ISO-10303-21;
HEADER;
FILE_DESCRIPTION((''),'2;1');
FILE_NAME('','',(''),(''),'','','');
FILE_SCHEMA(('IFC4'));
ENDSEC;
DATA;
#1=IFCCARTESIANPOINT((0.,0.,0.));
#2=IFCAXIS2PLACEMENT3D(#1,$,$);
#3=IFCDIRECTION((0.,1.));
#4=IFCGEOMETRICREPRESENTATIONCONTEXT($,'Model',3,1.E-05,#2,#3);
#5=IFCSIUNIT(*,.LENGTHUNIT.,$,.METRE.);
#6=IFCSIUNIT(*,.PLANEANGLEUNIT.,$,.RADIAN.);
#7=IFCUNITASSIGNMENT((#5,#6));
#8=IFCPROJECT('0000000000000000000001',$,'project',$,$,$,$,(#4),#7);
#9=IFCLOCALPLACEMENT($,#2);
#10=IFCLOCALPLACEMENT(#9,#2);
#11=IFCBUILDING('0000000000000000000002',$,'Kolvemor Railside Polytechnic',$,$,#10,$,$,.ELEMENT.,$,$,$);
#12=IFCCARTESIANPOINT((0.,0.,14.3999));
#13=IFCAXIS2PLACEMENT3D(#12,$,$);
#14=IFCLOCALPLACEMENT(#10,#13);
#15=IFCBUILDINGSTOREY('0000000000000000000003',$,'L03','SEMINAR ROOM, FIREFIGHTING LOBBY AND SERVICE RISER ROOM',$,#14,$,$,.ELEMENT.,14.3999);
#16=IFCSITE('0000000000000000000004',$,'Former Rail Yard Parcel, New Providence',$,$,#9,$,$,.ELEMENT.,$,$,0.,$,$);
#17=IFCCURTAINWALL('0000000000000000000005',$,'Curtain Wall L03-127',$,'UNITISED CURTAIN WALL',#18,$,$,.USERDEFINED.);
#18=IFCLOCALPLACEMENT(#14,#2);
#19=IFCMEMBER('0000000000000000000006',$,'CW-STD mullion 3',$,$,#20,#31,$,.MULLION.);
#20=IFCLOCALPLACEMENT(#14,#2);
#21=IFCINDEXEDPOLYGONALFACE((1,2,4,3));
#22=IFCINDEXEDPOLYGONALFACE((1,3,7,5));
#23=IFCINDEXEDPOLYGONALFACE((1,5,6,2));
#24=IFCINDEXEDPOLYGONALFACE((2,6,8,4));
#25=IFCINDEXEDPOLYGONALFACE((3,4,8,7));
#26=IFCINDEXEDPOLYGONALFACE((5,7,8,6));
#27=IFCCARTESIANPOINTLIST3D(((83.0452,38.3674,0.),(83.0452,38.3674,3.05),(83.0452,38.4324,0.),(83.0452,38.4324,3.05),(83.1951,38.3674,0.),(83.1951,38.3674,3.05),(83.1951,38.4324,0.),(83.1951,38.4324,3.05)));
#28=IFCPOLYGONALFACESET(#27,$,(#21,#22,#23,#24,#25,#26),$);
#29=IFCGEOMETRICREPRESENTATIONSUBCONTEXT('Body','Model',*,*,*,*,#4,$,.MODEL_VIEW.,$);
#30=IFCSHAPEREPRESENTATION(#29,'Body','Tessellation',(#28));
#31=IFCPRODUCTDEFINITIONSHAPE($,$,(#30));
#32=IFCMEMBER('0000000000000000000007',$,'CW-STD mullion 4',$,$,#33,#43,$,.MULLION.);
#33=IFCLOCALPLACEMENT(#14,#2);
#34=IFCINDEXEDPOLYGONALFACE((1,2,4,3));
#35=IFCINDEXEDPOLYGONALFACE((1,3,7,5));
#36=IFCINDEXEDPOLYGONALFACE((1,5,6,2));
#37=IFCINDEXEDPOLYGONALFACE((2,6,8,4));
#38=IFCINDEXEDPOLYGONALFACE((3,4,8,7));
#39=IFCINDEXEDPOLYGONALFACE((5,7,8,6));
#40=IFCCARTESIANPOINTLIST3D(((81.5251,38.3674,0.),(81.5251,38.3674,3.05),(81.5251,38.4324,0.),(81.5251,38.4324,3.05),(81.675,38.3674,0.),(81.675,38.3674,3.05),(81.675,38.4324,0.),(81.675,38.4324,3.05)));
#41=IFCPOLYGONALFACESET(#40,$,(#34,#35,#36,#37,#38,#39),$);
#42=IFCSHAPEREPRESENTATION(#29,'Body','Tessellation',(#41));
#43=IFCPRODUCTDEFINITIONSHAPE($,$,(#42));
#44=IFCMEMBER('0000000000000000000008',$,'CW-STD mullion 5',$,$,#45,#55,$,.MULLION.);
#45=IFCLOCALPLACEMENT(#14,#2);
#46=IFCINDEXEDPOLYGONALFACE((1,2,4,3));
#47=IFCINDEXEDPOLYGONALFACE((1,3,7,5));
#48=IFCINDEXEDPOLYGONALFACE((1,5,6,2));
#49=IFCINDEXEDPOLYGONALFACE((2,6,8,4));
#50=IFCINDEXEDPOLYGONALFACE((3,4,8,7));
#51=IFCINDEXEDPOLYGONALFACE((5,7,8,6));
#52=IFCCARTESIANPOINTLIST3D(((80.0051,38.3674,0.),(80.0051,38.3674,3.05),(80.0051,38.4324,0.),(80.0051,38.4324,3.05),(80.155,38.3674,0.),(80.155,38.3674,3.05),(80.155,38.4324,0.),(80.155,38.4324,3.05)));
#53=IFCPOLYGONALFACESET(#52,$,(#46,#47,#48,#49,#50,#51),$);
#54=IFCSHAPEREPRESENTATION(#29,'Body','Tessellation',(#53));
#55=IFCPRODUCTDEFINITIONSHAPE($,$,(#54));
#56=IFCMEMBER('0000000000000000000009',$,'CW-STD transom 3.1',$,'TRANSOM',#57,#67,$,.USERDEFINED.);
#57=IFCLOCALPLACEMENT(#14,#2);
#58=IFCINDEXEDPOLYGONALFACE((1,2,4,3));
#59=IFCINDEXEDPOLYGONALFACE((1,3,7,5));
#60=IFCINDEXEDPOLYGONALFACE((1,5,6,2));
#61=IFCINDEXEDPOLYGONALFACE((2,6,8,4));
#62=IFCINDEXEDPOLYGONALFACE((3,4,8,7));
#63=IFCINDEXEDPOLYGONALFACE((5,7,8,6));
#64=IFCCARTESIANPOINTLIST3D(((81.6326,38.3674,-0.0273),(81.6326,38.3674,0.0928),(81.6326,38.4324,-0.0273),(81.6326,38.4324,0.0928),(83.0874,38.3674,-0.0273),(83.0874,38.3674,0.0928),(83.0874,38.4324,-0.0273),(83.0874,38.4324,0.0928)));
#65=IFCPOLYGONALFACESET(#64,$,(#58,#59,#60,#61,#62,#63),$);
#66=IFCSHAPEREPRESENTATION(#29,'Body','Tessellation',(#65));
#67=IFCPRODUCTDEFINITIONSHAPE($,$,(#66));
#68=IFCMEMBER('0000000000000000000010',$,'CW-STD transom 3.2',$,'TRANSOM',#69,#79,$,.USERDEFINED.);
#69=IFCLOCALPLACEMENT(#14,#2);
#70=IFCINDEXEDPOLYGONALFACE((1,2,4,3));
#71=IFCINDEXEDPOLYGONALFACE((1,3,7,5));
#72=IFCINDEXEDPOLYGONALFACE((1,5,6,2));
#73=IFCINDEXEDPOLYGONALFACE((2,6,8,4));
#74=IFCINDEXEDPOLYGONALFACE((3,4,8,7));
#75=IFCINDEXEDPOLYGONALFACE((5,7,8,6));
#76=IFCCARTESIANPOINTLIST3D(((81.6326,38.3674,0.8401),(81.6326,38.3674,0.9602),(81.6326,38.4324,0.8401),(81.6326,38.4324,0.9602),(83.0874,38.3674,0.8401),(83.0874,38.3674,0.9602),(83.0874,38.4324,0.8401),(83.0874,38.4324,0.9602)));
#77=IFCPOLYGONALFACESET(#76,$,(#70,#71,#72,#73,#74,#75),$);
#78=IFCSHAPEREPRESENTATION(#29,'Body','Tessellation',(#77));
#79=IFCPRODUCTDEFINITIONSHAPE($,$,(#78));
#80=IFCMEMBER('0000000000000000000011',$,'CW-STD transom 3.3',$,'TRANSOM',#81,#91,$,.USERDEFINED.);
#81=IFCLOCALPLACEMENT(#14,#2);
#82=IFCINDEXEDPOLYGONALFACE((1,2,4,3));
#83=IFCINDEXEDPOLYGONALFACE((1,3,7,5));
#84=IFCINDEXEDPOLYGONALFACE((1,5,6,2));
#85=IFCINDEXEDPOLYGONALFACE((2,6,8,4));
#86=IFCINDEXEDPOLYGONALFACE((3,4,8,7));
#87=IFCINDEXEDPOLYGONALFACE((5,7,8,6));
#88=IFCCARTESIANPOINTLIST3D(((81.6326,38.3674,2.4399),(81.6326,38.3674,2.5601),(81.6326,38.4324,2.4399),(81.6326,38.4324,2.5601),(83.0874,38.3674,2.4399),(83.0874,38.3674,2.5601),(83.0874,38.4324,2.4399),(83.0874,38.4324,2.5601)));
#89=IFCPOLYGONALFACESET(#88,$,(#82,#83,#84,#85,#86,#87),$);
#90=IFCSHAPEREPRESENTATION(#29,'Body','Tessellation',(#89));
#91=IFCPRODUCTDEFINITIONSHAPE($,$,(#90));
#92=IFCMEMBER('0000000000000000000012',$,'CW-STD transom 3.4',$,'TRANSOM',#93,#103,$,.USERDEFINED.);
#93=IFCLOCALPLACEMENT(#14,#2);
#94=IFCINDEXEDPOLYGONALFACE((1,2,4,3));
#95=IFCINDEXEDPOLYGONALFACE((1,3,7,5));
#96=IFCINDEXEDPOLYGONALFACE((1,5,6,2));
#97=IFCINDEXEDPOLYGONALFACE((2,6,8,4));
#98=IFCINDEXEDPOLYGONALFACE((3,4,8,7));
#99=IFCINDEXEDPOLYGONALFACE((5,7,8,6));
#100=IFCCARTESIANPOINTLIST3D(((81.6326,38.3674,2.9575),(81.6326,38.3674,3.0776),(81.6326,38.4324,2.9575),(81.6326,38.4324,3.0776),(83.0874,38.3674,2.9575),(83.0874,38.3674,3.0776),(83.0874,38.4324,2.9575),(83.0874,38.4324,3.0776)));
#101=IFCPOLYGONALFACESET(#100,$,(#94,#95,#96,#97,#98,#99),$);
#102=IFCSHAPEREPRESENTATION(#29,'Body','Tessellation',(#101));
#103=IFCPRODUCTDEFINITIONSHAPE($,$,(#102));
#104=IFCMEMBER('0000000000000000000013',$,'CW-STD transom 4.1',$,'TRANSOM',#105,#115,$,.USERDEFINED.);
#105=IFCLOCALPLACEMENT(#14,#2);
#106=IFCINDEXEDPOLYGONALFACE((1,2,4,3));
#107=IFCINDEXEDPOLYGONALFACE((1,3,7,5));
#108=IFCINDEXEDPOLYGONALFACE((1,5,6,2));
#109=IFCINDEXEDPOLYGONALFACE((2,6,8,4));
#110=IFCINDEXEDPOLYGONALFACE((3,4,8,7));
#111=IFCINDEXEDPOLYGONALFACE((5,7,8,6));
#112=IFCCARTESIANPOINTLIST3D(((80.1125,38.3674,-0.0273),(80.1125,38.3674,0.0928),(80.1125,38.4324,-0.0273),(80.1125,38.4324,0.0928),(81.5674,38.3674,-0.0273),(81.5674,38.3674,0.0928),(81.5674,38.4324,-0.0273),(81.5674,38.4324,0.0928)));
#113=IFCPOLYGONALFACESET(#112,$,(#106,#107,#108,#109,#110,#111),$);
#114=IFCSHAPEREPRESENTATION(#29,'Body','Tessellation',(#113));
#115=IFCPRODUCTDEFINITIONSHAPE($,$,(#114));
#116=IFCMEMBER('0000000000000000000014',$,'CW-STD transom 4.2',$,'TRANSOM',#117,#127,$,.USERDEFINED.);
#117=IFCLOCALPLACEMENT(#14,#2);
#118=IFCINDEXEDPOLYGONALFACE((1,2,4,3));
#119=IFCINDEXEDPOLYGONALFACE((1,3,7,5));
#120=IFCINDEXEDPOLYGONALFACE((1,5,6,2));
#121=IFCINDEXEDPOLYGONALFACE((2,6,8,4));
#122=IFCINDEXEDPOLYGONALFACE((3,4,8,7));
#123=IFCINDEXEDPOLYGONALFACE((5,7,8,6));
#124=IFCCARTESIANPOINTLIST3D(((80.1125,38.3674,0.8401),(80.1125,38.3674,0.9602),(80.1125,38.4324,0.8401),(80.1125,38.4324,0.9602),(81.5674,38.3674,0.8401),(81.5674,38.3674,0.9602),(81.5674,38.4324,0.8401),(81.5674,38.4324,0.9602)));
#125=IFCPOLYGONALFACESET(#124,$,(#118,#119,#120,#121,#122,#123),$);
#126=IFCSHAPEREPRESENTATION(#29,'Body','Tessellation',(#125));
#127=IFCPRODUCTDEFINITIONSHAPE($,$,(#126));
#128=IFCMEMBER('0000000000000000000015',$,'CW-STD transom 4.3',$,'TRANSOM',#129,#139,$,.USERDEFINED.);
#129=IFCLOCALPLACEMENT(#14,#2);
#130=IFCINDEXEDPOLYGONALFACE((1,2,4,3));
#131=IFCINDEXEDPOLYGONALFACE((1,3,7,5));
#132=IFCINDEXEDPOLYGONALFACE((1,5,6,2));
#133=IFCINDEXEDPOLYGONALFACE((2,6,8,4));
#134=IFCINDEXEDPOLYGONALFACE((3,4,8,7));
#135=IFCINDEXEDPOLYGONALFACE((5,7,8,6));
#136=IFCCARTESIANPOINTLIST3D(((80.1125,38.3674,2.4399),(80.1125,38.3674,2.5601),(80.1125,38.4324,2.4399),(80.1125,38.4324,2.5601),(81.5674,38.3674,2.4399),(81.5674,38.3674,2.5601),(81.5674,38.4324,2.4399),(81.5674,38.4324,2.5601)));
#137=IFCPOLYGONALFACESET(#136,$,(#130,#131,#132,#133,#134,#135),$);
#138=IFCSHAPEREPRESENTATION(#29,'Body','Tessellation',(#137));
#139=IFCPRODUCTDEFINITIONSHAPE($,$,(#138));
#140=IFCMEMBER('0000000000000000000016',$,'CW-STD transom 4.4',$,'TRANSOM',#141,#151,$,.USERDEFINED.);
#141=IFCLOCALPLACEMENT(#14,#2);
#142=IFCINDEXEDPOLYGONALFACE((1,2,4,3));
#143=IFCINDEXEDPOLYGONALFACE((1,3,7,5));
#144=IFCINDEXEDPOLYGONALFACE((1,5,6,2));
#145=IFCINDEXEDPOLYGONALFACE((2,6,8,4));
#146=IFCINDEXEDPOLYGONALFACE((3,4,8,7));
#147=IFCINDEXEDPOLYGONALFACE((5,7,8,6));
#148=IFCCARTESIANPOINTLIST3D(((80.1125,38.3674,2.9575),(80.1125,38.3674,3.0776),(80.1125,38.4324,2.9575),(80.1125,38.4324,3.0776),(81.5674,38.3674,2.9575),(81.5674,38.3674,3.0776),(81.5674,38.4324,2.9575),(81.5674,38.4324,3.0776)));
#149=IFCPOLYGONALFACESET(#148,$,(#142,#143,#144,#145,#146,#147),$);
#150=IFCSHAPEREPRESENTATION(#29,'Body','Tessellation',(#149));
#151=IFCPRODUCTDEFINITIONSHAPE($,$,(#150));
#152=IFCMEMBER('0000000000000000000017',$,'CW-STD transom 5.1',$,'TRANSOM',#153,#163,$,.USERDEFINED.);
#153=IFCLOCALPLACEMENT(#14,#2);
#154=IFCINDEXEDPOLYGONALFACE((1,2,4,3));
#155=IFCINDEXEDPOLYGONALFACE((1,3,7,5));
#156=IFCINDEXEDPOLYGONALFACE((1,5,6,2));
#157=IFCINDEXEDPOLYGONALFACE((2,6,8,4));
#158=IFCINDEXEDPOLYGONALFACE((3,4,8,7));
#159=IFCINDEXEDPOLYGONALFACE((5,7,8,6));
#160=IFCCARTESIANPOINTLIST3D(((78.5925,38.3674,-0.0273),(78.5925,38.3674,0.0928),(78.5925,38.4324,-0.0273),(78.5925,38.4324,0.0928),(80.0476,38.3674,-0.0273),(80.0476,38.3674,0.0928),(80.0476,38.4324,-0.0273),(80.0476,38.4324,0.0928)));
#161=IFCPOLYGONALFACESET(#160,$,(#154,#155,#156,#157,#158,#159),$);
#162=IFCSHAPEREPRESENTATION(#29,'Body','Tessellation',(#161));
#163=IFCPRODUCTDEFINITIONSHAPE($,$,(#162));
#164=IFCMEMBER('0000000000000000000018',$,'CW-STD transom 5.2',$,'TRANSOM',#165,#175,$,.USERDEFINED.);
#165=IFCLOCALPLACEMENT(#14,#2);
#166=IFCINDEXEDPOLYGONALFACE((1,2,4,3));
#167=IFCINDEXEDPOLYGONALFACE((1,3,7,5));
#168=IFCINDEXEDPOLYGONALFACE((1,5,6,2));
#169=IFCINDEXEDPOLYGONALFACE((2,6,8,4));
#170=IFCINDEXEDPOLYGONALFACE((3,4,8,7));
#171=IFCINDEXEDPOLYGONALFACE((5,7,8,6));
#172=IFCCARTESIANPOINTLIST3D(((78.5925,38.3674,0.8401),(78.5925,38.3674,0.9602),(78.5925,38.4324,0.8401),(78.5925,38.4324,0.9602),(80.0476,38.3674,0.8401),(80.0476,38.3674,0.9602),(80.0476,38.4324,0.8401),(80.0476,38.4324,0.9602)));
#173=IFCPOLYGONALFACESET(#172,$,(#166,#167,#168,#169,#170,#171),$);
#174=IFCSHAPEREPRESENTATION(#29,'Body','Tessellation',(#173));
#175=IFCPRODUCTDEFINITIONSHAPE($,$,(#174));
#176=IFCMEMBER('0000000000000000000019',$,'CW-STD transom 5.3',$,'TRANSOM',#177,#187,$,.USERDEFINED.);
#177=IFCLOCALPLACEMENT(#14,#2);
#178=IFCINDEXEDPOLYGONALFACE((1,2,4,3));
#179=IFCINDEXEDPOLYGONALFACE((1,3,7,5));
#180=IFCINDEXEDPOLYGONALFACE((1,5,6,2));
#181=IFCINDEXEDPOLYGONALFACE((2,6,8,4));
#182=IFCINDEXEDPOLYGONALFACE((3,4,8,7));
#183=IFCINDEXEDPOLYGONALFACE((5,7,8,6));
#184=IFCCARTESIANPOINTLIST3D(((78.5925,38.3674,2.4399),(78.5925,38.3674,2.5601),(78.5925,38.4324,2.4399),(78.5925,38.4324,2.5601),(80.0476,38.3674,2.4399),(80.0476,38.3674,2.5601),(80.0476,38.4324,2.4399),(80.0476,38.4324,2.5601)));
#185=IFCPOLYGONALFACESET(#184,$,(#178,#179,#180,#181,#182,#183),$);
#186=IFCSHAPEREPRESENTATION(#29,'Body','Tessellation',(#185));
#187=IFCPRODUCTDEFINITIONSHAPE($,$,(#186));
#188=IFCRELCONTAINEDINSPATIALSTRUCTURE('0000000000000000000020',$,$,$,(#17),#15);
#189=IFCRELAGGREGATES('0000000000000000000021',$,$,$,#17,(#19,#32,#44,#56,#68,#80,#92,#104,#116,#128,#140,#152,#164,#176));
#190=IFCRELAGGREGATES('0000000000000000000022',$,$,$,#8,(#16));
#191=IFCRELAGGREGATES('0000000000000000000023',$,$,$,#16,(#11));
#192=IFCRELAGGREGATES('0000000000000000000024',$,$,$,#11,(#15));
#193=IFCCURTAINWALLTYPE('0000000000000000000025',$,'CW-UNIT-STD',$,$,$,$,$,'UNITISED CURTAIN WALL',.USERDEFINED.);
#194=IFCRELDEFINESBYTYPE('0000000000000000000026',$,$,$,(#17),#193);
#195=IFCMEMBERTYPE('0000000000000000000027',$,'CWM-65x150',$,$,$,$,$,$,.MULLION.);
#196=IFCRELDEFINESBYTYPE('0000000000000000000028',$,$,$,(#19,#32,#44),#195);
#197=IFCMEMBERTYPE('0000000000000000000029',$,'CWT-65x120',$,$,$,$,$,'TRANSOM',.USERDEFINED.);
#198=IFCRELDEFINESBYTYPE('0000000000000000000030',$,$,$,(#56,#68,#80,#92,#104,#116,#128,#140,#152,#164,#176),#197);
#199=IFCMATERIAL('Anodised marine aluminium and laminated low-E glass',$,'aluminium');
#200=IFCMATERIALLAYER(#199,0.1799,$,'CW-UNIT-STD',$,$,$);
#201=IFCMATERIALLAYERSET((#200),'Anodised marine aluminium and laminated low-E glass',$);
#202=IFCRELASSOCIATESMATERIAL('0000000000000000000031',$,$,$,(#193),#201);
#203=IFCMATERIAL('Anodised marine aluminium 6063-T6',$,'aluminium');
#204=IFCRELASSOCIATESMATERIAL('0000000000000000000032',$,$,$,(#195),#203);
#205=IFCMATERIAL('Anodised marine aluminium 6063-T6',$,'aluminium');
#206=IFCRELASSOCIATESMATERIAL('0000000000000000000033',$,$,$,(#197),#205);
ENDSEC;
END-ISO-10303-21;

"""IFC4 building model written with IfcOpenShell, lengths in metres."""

from ifc_helpers import new_model, si_unit, direction, frame, origin, origin_2d, place, context, subcontext, project, spatial, rectangle, extrude, material, layer, layer_set, material_profile, profile_set, type_object, element, aggregate, save


model = new_model("IFC4")

# Units and contexts
model_context = context("Model", 3, precision=1e-05, world=origin(), true_north=direction((0.0, 1.0)))
body_context = subcontext(model_context, "Body", "Model", "MODEL_VIEW")
ifc_project = project(units=[si_unit("LENGTHUNIT", "METRE"), si_unit("PLANEANGLEUNIT", "RADIAN")], contexts=[model_context])

# Site, building, storey
site_placement = place(None, origin())
site = spatial("IfcSite", under=ifc_project, at=site_placement, Name="Former Rail Yard Parcel, New Providence", CompositionType="ELEMENT", RefElevation=0.0)
building_placement = place(site_placement, origin())
building = spatial("IfcBuilding", under=site, at=building_placement, Name="Kolvemor Railside Polytechnic", CompositionType="ELEMENT")
storey_placement = place(building_placement, frame((0.0, 0.0, 14.3999)))
storey = spatial("IfcBuildingStorey", under=building, at=storey_placement, Name="L03", Description="SEMINAR ROOM, FIREFIGHTING LOBBY AND SERVICE RISER ROOM", CompositionType="ELEMENT", Elevation=14.3999)

# Curtain wall, members
ifc_material_1 = material(Name="Anodised marine aluminium and laminated low-E glass", Category="aluminium")
ifc_layer_1 = layer(ifc_material_1, 0.1799, Name="CW-UNIT-STD")
ifc_layer_set_1 = layer_set([ifc_layer_1], Name="Anodised marine aluminium and laminated low-E glass")
curtain_wall_type = type_object("IfcCurtainWallType", Name="CW-UNIT-STD", ElementType="UNITISED CURTAIN WALL", PredefinedType="USERDEFINED", material=ifc_layer_set_1)
curtain_wall_placement = place(storey_placement, origin())
curtain_wall = element("IfcCurtainWall", 1, at=curtain_wall_placement, inside=storey, type_object=curtain_wall_type, Name="Curtain Wall L03-127", ObjectType="UNITISED CURTAIN WALL", PredefinedType="USERDEFINED")
ifc_material_2 = material(Name="Anodised marine aluminium 6063-T6", Category="aluminium")
ifc_material_profile_1 = material_profile(ifc_material_2, rectangle(XDim=0.0649, YDim=0.1499, at=origin_2d()), Name="CW-MUL-65x150")
ifc_profile_set_1 = profile_set([ifc_material_profile_1], Name="Anodised marine aluminium 6063-T6")
member_type_1 = type_object("IfcMemberType", Name="CWM-65x150", PredefinedType="MULLION", material=ifc_profile_set_1)
member_1_placement = place(storey_placement, frame((83.1201, 38.3999, 0.0), z_axis=(0.0, 0.0, 1.0), x_axis=(0.0, -1.0, 0.0)))
member_1 = element("IfcMember", 2, at=member_1_placement, type_object=member_type_1, Name="CW-STD mullion 3", PredefinedType="MULLION", context=body_context, shape_type="SweptSolid", body=[
    extrude(rectangle(XDim=0.0649, YDim=0.1499, at=origin_2d()), origin(), (0.0, 0.0, 1.0), 3.05),
])
member_2_placement = place(storey_placement, frame((81.6001, 38.3999, 0.0), z_axis=(0.0, 0.0, 1.0), x_axis=(0.0, -1.0, 0.0)))
member_2 = element("IfcMember", 3, at=member_2_placement, type_object=member_type_1, Name="CW-STD mullion 4", PredefinedType="MULLION", context=body_context, shape_type="SweptSolid", body=[
    extrude(rectangle(XDim=0.0649, YDim=0.1499, at=origin_2d()), origin(), (0.0, 0.0, 1.0), 3.05),
])
member_3_placement = place(storey_placement, frame((80.0801, 38.3999, 0.0), z_axis=(0.0, 0.0, 1.0), x_axis=(0.0, -1.0, 0.0)))
member_3 = element("IfcMember", 4, at=member_3_placement, type_object=member_type_1, Name="CW-STD mullion 5", PredefinedType="MULLION", context=body_context, shape_type="SweptSolid", body=[
    extrude(rectangle(XDim=0.0649, YDim=0.1499, at=origin_2d()), origin(), (0.0, 0.0, 1.0), 3.05),
])
ifc_material_3 = material(Name="Anodised marine aluminium 6063-T6", Category="aluminium")
ifc_material_profile_2 = material_profile(ifc_material_3, rectangle(XDim=0.0649, YDim=0.1201, at=origin_2d()), Name="CW-TRN-65x120")
ifc_profile_set_2 = profile_set([ifc_material_profile_2], Name="Anodised marine aluminium 6063-T6")
member_type_2 = type_object("IfcMemberType", Name="CWT-65x120", ElementType="TRANSOM", PredefinedType="USERDEFINED", material=ifc_profile_set_2)
member_4_placement = place(storey_placement, frame((83.0874, 38.3999, 0.0327), z_axis=(-1.0, 0.0, 0.0), x_axis=(0.0, -1.0, 0.0)))
member_4 = element("IfcMember", 5, at=member_4_placement, type_object=member_type_2, Name="CW-STD transom 3.1", ObjectType="TRANSOM", PredefinedType="USERDEFINED", context=body_context, shape_type="SweptSolid", body=[
    extrude(rectangle(XDim=0.0649, YDim=0.1201, at=origin_2d()), origin(), (0.0, 0.0, 1.0), 1.4548),
])
member_5_placement = place(storey_placement, frame((83.0874, 38.3999, 0.9001), z_axis=(-1.0, 0.0, 0.0), x_axis=(0.0, -1.0, 0.0)))
member_5 = element("IfcMember", 6, at=member_5_placement, type_object=member_type_2, Name="CW-STD transom 3.2", ObjectType="TRANSOM", PredefinedType="USERDEFINED", context=body_context, shape_type="SweptSolid", body=[
    extrude(rectangle(XDim=0.0649, YDim=0.1201, at=origin_2d()), origin(), (0.0, 0.0, 1.0), 1.4548),
])
member_6_placement = place(storey_placement, frame((83.0874, 38.3999, 2.5), z_axis=(-1.0, 0.0, 0.0), x_axis=(0.0, -1.0, 0.0)))
member_6 = element("IfcMember", 7, at=member_6_placement, type_object=member_type_2, Name="CW-STD transom 3.3", ObjectType="TRANSOM", PredefinedType="USERDEFINED", context=body_context, shape_type="SweptSolid", body=[
    extrude(rectangle(XDim=0.0649, YDim=0.1201, at=origin_2d()), origin(), (0.0, 0.0, 1.0), 1.4548),
])
member_7_placement = place(storey_placement, frame((83.0874, 38.3999, 3.0176), z_axis=(-1.0, 0.0, 0.0), x_axis=(0.0, -1.0, 0.0)))
member_7 = element("IfcMember", 8, at=member_7_placement, type_object=member_type_2, Name="CW-STD transom 3.4", ObjectType="TRANSOM", PredefinedType="USERDEFINED", context=body_context, shape_type="SweptSolid", body=[
    extrude(rectangle(XDim=0.0649, YDim=0.1201, at=origin_2d()), origin(), (0.0, 0.0, 1.0), 1.4548),
])
member_8_placement = place(storey_placement, frame((81.5674, 38.3999, 0.0327), z_axis=(-1.0, 0.0, 0.0), x_axis=(0.0, -1.0, 0.0)))
member_8 = element("IfcMember", 9, at=member_8_placement, type_object=member_type_2, Name="CW-STD transom 4.1", ObjectType="TRANSOM", PredefinedType="USERDEFINED", context=body_context, shape_type="SweptSolid", body=[
    extrude(rectangle(XDim=0.0649, YDim=0.1201, at=origin_2d()), origin(), (0.0, 0.0, 1.0), 1.4548),
])
member_9_placement = place(storey_placement, frame((81.5674, 38.3999, 0.9001), z_axis=(-1.0, 0.0, 0.0), x_axis=(0.0, -1.0, 0.0)))
member_9 = element("IfcMember", 10, at=member_9_placement, type_object=member_type_2, Name="CW-STD transom 4.2", ObjectType="TRANSOM", PredefinedType="USERDEFINED", context=body_context, shape_type="SweptSolid", body=[
    extrude(rectangle(XDim=0.0649, YDim=0.1201, at=origin_2d()), origin(), (0.0, 0.0, 1.0), 1.4548),
])
member_10_placement = place(storey_placement, frame((81.5674, 38.3999, 2.5), z_axis=(-1.0, 0.0, 0.0), x_axis=(0.0, -1.0, 0.0)))
member_10 = element("IfcMember", 11, at=member_10_placement, type_object=member_type_2, Name="CW-STD transom 4.3", ObjectType="TRANSOM", PredefinedType="USERDEFINED", context=body_context, shape_type="SweptSolid", body=[
    extrude(rectangle(XDim=0.0649, YDim=0.1201, at=origin_2d()), origin(), (0.0, 0.0, 1.0), 1.4548),
])
member_11_placement = place(storey_placement, frame((81.5674, 38.3999, 3.0176), z_axis=(-1.0, 0.0, 0.0), x_axis=(0.0, -1.0, 0.0)))
member_11 = element("IfcMember", 12, at=member_11_placement, type_object=member_type_2, Name="CW-STD transom 4.4", ObjectType="TRANSOM", PredefinedType="USERDEFINED", context=body_context, shape_type="SweptSolid", body=[
    extrude(rectangle(XDim=0.0649, YDim=0.1201, at=origin_2d()), origin(), (0.0, 0.0, 1.0), 1.4548),
])
member_12_placement = place(storey_placement, frame((80.0476, 38.3999, 0.0327), z_axis=(-1.0, 0.0, 0.0), x_axis=(0.0, -1.0, 0.0)))
member_12 = element("IfcMember", 13, at=member_12_placement, type_object=member_type_2, Name="CW-STD transom 5.1", ObjectType="TRANSOM", PredefinedType="USERDEFINED", context=body_context, shape_type="SweptSolid", body=[
    extrude(rectangle(XDim=0.0649, YDim=0.1201, at=origin_2d()), origin(), (0.0, 0.0, 1.0), 1.4551),
])
member_13_placement = place(storey_placement, frame((80.0476, 38.3999, 0.9001), z_axis=(-1.0, 0.0, 0.0), x_axis=(0.0, -1.0, 0.0)))
member_13 = element("IfcMember", 14, at=member_13_placement, type_object=member_type_2, Name="CW-STD transom 5.2", ObjectType="TRANSOM", PredefinedType="USERDEFINED", context=body_context, shape_type="SweptSolid", body=[
    extrude(rectangle(XDim=0.0649, YDim=0.1201, at=origin_2d()), origin(), (0.0, 0.0, 1.0), 1.4551),
])
member_14_placement = place(storey_placement, frame((80.0476, 38.3999, 2.5), z_axis=(-1.0, 0.0, 0.0), x_axis=(0.0, -1.0, 0.0)))
member_14 = element("IfcMember", 15, at=member_14_placement, type_object=member_type_2, Name="CW-STD transom 5.3", ObjectType="TRANSOM", PredefinedType="USERDEFINED", context=body_context, shape_type="SweptSolid", body=[
    extrude(rectangle(XDim=0.0649, YDim=0.1201, at=origin_2d()), origin(), (0.0, 0.0, 1.0), 1.4551),
])
aggregate(curtain_wall, [member_1, member_2, member_3, member_4, member_5, member_6, member_7, member_8, member_9, member_10, member_11, member_12, member_13, member_14])

save(model, "model.ifc")
